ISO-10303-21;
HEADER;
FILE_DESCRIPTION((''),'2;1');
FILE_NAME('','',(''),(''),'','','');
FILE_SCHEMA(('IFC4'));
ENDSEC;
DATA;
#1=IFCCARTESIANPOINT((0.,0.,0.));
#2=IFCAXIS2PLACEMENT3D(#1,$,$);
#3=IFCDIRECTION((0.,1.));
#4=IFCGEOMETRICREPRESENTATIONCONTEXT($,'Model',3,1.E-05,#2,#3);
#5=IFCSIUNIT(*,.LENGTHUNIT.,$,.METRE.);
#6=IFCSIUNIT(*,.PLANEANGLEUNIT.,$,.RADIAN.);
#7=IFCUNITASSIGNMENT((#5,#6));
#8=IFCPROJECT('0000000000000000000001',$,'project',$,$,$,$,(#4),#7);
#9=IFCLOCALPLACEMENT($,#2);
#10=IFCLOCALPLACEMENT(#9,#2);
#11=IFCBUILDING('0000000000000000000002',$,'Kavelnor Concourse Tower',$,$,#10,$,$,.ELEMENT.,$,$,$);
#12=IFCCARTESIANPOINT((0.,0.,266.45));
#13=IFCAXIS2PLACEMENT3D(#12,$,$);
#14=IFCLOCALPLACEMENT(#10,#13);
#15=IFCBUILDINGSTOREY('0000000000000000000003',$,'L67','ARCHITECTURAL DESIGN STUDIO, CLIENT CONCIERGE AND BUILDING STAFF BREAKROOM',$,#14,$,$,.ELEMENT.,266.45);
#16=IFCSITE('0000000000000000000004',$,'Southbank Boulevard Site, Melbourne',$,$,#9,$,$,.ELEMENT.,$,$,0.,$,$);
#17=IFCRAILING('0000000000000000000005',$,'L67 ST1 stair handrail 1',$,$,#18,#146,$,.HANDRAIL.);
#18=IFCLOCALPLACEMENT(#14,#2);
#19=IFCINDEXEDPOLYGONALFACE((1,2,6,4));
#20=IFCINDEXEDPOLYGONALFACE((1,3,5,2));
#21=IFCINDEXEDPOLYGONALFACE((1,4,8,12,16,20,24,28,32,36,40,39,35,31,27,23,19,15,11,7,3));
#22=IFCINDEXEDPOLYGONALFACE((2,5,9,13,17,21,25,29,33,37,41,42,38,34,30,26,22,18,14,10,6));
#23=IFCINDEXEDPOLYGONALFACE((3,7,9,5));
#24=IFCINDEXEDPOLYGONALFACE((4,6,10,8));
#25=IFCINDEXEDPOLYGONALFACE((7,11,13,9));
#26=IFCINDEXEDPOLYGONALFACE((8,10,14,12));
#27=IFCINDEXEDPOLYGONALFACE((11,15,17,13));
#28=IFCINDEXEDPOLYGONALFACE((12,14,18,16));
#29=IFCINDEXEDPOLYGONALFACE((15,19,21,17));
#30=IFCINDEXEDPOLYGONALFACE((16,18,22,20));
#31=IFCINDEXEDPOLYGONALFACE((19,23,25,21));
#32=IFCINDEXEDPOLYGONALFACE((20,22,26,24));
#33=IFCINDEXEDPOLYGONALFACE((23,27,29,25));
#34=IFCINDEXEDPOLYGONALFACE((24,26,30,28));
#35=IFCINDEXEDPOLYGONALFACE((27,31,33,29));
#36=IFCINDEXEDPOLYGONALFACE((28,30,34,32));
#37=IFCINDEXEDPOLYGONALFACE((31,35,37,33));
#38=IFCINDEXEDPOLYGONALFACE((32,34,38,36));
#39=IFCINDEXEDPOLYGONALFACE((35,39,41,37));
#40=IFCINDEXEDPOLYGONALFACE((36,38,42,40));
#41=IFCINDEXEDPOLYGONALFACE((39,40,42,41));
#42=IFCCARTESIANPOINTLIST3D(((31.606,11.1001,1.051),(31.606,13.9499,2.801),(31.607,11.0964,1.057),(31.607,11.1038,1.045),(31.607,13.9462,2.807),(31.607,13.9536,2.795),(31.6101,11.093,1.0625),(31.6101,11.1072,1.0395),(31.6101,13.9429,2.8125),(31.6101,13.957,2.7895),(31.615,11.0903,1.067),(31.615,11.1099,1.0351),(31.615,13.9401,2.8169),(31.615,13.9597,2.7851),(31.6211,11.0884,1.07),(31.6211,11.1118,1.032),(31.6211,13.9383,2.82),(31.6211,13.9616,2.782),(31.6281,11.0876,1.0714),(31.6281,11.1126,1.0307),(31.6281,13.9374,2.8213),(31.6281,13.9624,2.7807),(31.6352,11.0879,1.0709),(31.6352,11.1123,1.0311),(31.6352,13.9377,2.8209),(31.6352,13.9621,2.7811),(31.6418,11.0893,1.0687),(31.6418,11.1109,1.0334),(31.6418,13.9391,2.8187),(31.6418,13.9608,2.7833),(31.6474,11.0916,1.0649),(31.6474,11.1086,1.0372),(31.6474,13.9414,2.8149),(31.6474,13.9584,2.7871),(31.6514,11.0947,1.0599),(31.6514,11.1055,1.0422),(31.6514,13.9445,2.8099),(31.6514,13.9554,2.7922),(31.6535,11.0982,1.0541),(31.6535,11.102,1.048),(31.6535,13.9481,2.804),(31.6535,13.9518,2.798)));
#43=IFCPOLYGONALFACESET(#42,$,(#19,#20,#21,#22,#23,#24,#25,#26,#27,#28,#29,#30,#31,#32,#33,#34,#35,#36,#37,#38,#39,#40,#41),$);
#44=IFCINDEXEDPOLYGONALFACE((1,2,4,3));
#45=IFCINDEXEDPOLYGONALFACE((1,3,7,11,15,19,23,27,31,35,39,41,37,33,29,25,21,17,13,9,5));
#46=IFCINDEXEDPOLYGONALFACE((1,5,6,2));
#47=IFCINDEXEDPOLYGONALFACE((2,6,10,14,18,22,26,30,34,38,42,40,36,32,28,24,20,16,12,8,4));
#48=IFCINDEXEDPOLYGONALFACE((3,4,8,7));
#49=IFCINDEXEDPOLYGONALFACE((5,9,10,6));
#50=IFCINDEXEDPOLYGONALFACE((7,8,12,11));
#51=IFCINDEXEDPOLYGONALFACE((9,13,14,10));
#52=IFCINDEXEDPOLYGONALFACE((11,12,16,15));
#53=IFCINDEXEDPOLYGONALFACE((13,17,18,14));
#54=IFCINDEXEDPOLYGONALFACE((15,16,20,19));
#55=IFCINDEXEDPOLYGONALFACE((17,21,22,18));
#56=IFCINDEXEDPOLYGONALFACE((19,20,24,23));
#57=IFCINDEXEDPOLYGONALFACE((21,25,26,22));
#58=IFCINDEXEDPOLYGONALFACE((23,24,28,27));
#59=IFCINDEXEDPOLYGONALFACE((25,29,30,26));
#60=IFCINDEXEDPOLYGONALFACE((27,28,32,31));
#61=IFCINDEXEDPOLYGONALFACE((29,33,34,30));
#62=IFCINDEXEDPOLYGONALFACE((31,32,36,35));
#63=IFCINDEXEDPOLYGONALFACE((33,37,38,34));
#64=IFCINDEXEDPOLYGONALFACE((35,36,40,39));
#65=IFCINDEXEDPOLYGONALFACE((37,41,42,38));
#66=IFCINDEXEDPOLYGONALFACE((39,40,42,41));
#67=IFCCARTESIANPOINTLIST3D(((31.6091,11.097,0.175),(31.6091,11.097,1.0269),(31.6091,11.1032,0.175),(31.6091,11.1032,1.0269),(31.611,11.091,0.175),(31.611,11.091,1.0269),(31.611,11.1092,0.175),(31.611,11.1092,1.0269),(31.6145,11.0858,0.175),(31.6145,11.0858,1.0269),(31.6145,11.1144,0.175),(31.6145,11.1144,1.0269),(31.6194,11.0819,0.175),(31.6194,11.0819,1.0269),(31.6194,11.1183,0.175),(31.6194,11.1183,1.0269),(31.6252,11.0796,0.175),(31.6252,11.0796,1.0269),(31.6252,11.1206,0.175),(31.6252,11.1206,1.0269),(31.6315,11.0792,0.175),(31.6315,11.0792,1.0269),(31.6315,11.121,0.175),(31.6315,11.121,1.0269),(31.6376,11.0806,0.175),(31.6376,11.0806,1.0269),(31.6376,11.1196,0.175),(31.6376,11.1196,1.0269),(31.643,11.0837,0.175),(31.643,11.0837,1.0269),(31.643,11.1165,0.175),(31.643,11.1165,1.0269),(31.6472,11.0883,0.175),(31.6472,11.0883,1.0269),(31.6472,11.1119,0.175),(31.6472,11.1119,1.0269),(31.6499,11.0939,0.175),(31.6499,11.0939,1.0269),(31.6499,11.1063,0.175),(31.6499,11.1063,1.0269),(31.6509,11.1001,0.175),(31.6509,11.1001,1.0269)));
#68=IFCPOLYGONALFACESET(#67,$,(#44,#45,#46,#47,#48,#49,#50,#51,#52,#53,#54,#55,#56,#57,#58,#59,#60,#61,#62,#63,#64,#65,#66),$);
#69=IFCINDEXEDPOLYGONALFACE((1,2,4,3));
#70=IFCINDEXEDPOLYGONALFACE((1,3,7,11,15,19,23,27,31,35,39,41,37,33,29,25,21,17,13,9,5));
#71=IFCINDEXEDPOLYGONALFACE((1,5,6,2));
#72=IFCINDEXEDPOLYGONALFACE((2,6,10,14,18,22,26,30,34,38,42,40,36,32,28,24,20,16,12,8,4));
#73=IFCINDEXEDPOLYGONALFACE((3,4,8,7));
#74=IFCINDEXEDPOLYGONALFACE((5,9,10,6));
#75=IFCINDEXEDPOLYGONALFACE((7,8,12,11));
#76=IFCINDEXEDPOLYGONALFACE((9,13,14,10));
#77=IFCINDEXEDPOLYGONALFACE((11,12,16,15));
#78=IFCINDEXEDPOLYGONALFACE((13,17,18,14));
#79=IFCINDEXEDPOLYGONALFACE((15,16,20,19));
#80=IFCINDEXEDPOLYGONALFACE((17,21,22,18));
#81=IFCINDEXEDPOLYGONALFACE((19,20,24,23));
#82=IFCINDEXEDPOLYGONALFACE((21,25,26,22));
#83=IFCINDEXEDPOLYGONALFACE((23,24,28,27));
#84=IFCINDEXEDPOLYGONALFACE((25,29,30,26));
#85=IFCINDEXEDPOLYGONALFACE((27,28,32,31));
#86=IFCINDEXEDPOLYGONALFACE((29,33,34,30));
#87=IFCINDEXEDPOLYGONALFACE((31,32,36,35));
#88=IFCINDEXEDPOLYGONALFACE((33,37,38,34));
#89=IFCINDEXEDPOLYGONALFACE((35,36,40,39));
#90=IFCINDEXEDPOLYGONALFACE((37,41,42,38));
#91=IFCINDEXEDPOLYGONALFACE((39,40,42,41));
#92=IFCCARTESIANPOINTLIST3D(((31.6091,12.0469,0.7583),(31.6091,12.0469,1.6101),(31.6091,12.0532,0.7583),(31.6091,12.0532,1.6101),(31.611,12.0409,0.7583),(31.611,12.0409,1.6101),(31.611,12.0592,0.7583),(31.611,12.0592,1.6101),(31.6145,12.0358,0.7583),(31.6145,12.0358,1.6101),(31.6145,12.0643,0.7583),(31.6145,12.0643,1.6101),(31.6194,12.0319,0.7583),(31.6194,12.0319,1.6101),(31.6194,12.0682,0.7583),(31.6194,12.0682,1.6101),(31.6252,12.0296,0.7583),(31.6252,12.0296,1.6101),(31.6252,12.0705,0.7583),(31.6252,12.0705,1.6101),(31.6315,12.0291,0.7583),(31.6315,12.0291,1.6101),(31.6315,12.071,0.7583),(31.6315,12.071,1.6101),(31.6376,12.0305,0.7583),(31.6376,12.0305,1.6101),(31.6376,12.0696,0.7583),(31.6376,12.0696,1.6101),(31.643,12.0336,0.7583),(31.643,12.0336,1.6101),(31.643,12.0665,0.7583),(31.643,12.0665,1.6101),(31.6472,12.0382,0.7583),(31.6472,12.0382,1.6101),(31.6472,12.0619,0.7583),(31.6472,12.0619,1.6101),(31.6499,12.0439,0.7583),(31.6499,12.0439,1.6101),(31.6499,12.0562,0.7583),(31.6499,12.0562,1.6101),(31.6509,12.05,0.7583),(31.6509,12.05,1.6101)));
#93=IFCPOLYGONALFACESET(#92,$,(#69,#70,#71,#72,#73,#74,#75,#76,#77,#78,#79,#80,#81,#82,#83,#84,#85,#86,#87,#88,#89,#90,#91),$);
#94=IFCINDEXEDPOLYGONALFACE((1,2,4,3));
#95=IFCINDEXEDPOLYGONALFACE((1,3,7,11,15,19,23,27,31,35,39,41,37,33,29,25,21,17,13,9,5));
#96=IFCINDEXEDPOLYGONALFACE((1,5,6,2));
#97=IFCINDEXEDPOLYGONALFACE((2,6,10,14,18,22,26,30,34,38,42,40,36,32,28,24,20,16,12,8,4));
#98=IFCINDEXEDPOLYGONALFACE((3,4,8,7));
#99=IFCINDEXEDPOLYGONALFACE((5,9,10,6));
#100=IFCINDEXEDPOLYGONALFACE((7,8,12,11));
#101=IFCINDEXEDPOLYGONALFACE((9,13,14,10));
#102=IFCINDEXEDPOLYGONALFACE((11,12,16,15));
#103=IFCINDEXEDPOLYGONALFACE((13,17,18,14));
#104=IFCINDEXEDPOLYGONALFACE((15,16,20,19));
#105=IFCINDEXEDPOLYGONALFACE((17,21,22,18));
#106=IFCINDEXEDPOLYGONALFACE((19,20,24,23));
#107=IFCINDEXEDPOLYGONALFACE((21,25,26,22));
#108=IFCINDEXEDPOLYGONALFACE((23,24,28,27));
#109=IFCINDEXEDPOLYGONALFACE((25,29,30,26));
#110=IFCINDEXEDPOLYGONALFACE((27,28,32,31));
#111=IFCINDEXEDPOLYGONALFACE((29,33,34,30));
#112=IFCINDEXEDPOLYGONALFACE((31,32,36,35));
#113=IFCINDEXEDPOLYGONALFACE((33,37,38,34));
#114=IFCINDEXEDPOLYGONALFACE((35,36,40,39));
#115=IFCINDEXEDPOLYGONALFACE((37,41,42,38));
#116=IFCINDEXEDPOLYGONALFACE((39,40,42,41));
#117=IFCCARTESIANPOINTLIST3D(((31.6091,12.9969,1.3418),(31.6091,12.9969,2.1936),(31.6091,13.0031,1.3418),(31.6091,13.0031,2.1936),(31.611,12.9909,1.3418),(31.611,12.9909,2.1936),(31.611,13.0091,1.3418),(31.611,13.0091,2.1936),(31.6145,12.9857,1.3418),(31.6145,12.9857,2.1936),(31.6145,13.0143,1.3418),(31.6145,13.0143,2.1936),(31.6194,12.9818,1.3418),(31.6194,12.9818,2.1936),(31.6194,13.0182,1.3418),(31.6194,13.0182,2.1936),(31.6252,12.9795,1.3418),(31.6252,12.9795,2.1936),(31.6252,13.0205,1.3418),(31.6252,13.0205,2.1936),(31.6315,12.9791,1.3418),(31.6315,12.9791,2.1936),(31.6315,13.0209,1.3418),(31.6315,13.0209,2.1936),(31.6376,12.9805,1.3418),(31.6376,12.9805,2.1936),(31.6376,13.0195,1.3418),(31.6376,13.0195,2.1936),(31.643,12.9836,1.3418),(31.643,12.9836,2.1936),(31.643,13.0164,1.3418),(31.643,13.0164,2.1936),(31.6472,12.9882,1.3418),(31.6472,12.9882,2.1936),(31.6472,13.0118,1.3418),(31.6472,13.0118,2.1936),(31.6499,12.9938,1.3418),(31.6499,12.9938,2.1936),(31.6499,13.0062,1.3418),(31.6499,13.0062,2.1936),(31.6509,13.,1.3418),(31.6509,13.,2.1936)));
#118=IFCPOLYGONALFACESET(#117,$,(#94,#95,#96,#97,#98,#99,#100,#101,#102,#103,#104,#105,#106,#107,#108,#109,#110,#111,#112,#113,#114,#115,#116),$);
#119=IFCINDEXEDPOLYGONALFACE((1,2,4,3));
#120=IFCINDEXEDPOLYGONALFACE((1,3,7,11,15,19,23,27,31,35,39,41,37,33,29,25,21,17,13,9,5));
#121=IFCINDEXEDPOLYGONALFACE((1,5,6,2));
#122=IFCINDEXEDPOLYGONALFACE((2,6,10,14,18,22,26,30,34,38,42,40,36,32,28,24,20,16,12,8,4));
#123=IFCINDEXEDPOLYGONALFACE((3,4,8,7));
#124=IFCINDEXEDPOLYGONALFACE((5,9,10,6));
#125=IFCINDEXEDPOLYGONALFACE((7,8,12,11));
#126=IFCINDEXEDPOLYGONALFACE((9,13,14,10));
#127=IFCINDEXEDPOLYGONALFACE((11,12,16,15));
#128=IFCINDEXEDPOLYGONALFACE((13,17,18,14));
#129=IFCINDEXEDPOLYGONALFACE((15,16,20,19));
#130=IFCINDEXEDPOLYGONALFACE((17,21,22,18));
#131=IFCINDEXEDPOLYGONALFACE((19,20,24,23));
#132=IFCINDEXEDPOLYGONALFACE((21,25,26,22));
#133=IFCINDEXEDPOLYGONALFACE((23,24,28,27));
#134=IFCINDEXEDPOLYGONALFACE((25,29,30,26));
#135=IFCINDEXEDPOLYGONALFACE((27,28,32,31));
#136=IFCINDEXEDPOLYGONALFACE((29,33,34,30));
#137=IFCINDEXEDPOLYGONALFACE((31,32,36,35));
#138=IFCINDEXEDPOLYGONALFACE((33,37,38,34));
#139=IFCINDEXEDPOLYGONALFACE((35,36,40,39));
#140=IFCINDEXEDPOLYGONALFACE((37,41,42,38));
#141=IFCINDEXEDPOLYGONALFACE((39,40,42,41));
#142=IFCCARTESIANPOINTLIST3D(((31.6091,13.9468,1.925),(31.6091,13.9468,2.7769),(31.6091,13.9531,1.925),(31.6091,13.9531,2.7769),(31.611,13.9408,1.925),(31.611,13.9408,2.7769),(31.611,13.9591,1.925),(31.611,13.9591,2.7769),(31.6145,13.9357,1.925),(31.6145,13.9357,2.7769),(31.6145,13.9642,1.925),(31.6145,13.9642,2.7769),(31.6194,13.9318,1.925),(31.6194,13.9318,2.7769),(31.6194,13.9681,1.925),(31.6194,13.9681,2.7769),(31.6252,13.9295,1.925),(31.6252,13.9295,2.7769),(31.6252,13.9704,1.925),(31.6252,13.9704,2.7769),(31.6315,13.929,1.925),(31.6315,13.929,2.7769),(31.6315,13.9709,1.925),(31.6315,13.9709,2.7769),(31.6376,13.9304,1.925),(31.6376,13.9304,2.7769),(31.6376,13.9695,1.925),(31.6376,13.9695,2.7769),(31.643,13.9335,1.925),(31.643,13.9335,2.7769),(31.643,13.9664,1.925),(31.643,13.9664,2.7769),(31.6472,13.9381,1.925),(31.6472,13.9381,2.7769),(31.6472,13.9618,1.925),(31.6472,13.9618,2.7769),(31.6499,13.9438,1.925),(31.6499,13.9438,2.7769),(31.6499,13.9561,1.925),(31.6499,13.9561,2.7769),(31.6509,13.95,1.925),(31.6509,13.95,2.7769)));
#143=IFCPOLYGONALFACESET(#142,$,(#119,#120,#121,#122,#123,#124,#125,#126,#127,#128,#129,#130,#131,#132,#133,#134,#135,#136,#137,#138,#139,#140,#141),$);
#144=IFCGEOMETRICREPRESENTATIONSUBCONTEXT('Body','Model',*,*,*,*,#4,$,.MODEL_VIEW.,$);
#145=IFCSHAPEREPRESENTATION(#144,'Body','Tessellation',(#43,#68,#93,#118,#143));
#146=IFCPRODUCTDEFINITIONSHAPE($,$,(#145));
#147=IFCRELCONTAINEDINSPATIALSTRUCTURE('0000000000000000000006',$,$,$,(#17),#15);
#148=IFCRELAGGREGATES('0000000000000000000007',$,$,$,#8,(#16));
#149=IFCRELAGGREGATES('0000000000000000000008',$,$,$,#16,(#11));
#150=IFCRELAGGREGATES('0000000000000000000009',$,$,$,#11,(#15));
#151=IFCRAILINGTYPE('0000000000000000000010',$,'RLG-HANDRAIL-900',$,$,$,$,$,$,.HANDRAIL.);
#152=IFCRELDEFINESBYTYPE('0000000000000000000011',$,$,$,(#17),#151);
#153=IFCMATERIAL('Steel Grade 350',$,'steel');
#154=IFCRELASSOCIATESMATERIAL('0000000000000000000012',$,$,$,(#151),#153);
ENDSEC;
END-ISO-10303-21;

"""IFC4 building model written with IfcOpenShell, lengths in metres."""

from ifc_helpers import new_model, si_unit, direction, frame, origin, origin_2d, place, context, subcontext, project, spatial, circle, extrude, material, type_object, element, save


model = new_model("IFC4")

# Units and contexts
model_context = context("Model", 3, precision=1e-05, world=origin(), true_north=direction((0.0, 1.0)))
body_context = subcontext(model_context, "Body", "Model", "MODEL_VIEW")
ifc_project = project(units=[si_unit("LENGTHUNIT", "METRE"), si_unit("PLANEANGLEUNIT", "RADIAN")], contexts=[model_context])

# Site, building, storey
site_placement = place(None, origin())
site = spatial("IfcSite", under=ifc_project, at=site_placement, Name="Southbank Boulevard Site, Melbourne", CompositionType="ELEMENT", RefElevation=0.0)
building_placement = place(site_placement, origin())
building = spatial("IfcBuilding", under=site, at=building_placement, Name="Kavelnor Concourse Tower", CompositionType="ELEMENT")
storey_placement = place(building_placement, frame((0.0, 0.0, 266.45)))
storey = spatial("IfcBuildingStorey", under=building, at=storey_placement, Name="L67", Description="ARCHITECTURAL DESIGN STUDIO, CLIENT CONCIERGE AND BUILDING STAFF BREAKROOM", CompositionType="ELEMENT", Elevation=266.45)

# Shared definitions
ifc_material_1 = material(Name="Steel Grade 350", Category="steel")

# Railing
railing_type_1 = type_object("IfcRailingType", Name="RLG-HANDRAIL-900", PredefinedType="HANDRAIL", material=ifc_material_1)
railing_1_placement = place(storey_placement, frame((31.6299, 11.1001, 0.175)))
element("IfcRailing", 1, at=railing_1_placement, inside=storey, type_object=railing_type_1, Name="L67 ST1 stair handrail 1", PredefinedType="HANDRAIL", context=body_context, shape_type="SweptSolid", body=[
    extrude(circle(Radius=0.0239, at=origin_2d()), frame((0.0, 0.0, 0.876), z_axis=(0.0, 0.852159, 0.523283), x_axis=(-1.0, 0.0, 0.0)), (0.0, 0.0, 1.0), 3.3442),
    extrude(circle(Radius=0.021, at=origin_2d()), origin(), (0.0, 0.0, 1.0), 0.8518),
    extrude(circle(Radius=0.021, at=origin_2d()), frame((0.0, 0.95, 0.5833)), (0.0, 0.0, 1.0), 0.8518),
    extrude(circle(Radius=0.021, at=origin_2d()), frame((0.0, 1.8999, 1.1667)), (0.0, 0.0, 1.0), 0.8518),
    extrude(circle(Radius=0.021, at=origin_2d()), frame((0.0, 2.8499, 1.75)), (0.0, 0.0, 1.0), 0.8518),
])

save(model, "model.ifc")
